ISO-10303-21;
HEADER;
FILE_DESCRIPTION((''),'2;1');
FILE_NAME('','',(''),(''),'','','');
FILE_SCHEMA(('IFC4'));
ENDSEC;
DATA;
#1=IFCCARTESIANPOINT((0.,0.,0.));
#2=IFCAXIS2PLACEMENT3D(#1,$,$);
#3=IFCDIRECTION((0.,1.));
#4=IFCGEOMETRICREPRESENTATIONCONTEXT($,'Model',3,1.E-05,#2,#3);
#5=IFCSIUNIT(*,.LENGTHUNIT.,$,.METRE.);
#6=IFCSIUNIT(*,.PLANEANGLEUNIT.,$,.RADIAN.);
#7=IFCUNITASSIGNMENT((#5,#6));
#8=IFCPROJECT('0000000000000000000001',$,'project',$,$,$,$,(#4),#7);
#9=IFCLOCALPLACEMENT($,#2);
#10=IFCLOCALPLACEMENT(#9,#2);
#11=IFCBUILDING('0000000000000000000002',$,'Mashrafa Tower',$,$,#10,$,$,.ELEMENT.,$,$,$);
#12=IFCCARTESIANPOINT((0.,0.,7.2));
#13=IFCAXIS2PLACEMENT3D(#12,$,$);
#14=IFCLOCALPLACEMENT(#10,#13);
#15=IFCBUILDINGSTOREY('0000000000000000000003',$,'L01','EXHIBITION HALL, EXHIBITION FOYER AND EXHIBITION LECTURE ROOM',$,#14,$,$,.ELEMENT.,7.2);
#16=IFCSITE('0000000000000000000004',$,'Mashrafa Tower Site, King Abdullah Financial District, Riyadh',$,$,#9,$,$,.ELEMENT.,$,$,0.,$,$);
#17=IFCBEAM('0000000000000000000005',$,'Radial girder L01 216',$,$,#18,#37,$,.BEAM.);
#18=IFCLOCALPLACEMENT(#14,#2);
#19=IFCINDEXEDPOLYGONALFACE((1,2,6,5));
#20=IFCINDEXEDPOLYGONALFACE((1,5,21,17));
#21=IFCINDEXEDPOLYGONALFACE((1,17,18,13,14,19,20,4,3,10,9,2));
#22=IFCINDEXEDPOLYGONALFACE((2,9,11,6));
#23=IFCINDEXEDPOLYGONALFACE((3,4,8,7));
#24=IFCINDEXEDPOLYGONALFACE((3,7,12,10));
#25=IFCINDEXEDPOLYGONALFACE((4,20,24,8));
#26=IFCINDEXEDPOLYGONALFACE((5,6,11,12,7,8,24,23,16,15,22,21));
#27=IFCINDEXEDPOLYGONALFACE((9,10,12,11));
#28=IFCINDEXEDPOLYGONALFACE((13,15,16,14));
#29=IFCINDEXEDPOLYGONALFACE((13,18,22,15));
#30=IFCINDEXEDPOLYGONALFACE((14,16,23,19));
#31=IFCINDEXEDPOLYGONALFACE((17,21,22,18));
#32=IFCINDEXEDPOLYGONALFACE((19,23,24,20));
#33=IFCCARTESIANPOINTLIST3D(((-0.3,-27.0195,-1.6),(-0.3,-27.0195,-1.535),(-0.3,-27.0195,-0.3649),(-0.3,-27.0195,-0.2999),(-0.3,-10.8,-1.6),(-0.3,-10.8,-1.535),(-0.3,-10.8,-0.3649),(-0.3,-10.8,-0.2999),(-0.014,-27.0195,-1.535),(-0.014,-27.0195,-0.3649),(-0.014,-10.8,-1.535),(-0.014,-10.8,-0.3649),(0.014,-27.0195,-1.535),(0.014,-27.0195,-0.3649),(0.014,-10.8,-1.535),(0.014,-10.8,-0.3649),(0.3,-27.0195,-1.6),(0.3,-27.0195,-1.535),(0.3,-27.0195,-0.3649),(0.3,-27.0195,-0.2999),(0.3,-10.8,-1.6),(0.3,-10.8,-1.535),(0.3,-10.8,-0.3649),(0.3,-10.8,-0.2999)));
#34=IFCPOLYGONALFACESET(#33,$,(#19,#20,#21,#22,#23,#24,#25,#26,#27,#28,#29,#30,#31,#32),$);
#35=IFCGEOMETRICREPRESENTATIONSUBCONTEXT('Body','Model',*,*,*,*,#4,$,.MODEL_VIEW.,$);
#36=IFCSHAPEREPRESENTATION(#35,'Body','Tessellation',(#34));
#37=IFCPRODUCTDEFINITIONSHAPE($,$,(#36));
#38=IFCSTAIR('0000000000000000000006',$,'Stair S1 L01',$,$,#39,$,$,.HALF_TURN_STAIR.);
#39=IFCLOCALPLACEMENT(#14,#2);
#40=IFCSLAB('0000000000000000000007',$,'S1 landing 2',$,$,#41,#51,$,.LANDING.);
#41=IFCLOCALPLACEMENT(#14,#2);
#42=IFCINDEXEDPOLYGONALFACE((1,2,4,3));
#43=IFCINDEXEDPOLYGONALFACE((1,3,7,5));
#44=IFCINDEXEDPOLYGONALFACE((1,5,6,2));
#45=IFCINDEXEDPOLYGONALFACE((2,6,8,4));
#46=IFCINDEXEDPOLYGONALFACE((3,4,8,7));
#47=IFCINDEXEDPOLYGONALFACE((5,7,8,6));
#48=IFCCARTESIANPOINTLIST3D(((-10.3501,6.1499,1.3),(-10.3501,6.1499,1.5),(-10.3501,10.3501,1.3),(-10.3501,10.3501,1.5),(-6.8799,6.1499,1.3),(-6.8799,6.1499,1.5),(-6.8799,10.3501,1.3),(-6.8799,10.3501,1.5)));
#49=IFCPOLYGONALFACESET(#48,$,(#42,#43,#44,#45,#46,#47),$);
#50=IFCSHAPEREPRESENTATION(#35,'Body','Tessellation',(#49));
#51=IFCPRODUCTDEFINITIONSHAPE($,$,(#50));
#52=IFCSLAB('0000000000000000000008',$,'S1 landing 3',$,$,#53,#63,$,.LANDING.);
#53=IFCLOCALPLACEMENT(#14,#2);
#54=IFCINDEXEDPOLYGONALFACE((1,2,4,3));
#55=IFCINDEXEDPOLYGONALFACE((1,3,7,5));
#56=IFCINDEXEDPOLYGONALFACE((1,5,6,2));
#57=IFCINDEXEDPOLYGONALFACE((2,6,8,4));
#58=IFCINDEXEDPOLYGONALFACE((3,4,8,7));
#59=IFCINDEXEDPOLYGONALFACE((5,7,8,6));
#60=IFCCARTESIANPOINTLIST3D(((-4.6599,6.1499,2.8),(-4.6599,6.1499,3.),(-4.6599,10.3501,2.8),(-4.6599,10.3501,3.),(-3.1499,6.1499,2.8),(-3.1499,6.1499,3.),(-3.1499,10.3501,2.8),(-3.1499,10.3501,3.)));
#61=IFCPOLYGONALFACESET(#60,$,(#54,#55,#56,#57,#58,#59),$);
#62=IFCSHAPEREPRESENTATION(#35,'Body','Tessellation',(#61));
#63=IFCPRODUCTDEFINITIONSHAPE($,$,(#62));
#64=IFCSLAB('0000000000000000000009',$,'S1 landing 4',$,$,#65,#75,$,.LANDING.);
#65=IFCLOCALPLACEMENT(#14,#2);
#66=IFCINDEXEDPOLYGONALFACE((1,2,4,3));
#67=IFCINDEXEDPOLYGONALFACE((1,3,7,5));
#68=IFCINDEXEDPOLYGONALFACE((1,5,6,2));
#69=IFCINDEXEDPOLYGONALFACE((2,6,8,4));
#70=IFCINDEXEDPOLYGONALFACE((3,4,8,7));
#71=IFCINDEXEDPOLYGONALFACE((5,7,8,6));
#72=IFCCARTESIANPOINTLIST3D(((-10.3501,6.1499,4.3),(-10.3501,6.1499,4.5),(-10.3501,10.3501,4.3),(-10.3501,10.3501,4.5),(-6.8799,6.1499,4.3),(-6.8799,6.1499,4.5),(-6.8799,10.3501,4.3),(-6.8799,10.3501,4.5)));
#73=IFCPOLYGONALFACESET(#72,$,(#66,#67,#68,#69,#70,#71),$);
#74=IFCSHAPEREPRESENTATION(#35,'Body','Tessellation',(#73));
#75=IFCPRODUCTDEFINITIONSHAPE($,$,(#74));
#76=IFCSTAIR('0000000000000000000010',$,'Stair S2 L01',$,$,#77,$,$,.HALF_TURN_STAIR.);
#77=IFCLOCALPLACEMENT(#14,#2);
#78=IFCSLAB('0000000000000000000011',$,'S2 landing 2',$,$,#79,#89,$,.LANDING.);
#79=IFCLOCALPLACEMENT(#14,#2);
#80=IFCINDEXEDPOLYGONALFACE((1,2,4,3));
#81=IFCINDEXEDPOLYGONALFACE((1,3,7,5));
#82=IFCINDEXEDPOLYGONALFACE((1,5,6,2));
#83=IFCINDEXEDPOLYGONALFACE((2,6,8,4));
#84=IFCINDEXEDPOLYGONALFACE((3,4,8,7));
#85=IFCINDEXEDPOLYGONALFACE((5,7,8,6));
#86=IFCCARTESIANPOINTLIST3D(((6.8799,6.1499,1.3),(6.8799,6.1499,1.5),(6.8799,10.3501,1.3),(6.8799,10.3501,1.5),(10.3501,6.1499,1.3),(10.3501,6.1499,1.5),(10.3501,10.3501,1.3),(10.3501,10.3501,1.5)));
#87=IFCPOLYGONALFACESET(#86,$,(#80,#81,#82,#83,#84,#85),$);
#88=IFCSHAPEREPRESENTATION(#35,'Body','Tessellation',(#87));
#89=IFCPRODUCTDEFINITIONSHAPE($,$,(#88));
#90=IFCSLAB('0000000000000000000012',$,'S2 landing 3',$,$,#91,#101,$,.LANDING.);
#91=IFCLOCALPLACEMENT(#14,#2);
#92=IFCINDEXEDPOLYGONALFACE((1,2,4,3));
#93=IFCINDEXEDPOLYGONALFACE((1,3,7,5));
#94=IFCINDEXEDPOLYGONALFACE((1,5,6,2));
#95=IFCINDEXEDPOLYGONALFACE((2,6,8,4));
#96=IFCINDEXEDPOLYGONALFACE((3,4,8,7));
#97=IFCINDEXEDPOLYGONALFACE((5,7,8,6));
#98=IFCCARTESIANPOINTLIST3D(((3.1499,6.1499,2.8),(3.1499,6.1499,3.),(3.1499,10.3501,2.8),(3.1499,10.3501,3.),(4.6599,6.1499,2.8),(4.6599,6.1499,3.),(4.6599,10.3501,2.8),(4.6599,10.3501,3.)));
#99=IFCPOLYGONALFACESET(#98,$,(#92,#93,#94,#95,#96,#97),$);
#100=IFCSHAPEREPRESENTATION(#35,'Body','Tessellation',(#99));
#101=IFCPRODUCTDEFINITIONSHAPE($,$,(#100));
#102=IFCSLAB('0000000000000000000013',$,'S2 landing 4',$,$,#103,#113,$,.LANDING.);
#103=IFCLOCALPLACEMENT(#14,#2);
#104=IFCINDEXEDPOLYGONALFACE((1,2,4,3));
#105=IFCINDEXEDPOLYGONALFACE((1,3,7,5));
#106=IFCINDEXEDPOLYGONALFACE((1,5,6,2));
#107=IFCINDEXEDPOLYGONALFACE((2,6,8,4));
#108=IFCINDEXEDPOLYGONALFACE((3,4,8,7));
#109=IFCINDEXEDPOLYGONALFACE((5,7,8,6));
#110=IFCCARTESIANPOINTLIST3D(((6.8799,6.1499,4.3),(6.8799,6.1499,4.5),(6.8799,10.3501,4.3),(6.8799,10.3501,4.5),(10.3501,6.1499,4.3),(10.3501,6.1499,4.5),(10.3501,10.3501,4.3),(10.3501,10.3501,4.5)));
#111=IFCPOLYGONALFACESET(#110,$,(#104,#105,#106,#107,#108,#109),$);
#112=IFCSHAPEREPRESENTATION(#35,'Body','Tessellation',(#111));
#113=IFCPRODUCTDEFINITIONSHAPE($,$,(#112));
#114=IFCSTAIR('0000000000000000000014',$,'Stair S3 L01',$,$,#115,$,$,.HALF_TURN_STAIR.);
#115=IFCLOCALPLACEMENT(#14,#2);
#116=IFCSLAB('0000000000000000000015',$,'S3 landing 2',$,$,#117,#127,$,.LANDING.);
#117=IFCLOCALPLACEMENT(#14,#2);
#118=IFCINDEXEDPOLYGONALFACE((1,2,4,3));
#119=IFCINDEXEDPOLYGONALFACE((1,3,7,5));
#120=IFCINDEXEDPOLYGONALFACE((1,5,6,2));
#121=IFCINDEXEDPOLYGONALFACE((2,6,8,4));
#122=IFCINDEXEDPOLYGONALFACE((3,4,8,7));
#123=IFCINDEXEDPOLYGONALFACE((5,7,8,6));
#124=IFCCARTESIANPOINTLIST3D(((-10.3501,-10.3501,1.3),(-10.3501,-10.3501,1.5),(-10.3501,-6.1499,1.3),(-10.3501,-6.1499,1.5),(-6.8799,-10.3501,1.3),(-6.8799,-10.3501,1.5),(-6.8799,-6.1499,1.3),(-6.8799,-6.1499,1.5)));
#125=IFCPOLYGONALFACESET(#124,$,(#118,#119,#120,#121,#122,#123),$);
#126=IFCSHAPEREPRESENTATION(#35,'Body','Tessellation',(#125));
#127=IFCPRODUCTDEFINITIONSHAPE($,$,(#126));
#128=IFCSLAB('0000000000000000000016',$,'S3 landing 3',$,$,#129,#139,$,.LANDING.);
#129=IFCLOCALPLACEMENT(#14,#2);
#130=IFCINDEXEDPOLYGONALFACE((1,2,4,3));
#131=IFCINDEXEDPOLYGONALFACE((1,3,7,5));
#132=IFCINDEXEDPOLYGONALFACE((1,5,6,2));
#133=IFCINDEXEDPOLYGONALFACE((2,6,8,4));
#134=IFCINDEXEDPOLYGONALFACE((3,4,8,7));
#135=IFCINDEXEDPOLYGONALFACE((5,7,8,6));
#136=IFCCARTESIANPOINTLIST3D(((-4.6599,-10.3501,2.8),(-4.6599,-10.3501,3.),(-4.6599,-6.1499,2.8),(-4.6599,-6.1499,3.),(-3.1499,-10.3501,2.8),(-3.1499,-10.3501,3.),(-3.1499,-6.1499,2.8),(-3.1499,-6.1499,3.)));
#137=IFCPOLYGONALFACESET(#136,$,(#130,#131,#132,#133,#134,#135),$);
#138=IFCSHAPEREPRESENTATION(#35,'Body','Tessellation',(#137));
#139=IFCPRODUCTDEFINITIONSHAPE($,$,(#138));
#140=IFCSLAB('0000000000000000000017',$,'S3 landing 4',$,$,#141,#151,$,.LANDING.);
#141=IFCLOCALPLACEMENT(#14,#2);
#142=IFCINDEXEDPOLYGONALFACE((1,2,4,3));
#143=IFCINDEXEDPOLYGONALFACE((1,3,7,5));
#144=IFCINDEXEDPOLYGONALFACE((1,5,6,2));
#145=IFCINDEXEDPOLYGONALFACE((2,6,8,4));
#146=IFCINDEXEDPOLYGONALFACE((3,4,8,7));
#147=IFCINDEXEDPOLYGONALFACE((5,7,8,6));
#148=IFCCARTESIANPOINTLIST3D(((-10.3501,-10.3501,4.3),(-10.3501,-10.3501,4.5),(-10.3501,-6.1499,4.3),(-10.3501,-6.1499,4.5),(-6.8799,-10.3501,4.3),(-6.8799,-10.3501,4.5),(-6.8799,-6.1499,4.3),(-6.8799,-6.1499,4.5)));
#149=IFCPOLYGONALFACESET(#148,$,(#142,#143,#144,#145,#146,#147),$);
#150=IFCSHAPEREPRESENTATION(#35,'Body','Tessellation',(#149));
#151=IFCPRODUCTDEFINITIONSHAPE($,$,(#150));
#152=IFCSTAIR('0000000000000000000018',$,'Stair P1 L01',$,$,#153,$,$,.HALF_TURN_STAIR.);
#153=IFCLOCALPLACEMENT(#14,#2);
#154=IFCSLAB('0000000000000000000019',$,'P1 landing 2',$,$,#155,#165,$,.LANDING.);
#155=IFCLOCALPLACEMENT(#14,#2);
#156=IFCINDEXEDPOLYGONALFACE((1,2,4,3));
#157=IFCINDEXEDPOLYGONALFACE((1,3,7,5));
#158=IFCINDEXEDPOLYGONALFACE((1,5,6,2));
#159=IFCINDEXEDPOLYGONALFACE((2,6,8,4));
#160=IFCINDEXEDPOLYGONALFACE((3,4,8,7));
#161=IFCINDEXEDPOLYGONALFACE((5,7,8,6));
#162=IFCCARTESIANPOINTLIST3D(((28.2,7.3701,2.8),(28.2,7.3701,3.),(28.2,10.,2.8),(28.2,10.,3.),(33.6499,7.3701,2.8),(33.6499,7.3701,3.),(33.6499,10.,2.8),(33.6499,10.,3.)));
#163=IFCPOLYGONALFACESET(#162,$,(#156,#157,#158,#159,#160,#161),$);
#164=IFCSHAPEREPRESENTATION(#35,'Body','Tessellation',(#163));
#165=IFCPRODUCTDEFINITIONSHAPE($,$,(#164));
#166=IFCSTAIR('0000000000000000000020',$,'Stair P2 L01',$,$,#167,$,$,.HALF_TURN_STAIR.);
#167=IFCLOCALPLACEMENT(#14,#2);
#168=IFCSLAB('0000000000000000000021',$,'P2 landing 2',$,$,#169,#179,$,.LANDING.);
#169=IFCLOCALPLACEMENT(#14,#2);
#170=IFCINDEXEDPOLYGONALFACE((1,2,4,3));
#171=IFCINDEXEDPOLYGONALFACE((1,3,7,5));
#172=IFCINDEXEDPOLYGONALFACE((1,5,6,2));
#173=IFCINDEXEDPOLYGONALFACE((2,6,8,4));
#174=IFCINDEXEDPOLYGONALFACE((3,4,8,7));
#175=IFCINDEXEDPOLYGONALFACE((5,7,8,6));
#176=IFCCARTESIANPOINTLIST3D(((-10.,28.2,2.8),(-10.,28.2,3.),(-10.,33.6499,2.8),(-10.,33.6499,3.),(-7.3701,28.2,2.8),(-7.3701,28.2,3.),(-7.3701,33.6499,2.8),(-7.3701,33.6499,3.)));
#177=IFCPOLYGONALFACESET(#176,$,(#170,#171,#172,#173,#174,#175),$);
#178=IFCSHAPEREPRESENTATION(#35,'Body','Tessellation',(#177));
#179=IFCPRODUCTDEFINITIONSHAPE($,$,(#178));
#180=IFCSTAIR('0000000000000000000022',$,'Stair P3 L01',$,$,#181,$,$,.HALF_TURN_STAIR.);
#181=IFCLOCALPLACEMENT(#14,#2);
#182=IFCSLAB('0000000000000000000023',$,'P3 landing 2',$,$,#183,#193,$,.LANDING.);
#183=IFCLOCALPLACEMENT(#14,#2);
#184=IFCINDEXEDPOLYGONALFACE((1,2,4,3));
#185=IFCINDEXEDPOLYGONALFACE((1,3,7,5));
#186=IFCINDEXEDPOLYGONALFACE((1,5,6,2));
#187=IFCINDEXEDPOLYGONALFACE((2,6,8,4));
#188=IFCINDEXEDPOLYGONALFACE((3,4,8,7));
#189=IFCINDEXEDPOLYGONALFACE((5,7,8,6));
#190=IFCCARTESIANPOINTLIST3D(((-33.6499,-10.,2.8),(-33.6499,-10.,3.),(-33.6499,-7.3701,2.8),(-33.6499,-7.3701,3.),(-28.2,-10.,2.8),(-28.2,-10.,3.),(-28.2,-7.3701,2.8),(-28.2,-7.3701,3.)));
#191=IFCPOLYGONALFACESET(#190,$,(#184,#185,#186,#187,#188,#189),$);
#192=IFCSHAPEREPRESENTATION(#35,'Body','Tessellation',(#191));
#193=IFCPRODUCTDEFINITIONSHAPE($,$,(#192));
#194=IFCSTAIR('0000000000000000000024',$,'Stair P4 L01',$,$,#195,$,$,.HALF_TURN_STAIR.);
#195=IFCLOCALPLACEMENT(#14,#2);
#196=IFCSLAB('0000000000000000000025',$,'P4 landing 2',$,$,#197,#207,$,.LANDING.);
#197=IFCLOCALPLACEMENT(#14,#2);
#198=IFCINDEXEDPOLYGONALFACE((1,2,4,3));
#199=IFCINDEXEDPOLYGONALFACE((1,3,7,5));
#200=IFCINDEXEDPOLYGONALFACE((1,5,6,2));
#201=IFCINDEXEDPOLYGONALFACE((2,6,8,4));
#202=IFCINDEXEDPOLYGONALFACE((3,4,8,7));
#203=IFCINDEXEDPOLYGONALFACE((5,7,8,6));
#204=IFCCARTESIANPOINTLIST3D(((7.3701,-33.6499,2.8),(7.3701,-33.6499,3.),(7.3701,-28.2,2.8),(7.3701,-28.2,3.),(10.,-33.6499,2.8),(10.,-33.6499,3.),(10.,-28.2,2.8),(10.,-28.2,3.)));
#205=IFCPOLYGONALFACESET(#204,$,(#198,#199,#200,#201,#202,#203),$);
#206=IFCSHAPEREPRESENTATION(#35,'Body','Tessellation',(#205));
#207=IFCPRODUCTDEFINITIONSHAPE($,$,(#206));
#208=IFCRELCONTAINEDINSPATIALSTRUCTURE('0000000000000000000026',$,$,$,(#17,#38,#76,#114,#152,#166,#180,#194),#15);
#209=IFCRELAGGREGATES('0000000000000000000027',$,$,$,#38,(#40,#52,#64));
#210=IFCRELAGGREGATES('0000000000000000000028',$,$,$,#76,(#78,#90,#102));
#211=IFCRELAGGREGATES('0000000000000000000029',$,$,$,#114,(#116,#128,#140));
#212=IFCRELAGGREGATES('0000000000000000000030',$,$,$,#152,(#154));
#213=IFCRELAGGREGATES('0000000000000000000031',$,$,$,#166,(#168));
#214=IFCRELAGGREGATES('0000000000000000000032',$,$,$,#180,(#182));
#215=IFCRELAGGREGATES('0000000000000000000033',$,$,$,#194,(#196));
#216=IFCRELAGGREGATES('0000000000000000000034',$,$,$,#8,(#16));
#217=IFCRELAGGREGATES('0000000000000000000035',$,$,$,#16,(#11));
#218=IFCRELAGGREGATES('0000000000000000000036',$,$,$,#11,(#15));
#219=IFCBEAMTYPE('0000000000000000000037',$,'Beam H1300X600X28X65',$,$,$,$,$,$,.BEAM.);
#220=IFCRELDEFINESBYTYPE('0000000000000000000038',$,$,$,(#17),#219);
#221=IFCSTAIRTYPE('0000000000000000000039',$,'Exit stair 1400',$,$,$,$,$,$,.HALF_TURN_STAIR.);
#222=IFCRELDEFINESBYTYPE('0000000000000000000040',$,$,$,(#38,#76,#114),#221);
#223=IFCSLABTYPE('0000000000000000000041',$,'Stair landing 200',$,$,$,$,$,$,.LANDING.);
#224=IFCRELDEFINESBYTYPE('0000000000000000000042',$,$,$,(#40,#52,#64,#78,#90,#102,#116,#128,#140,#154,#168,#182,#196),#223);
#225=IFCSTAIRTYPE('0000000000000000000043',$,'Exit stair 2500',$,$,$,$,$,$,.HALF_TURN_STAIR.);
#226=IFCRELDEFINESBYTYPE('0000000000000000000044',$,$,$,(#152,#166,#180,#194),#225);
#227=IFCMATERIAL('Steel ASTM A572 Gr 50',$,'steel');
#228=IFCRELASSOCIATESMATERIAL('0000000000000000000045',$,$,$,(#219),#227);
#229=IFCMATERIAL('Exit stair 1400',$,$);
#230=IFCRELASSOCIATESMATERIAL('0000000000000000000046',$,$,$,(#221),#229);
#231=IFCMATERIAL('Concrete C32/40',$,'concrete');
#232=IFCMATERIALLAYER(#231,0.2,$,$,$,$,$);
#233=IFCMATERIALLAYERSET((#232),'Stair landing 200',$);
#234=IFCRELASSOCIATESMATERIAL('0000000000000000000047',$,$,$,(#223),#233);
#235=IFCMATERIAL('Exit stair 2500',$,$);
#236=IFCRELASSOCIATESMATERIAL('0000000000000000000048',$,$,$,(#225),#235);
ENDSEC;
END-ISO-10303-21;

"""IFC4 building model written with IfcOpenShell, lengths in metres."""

from ifc_helpers import new_model, si_unit, direction, frame, origin, origin_2d, place, context, subcontext, project, spatial, polyline, i_section, outline, extrude, material, layer, layer_set, material_profile, profile_set, type_object, element, aggregate, save


model = new_model("IFC4")

# Units and contexts
model_context = context("Model", 3, precision=1e-05, world=origin(), true_north=direction((0.0, 1.0)))
body_context = subcontext(model_context, "Body", "Model", "MODEL_VIEW")
ifc_project = project(units=[si_unit("LENGTHUNIT", "METRE"), si_unit("PLANEANGLEUNIT", "RADIAN")], contexts=[model_context])

# Site, building, storey
site_placement = place(None, origin())
site = spatial("IfcSite", under=ifc_project, at=site_placement, Name="Mashrafa Tower Site, King Abdullah Financial District, Riyadh", CompositionType="ELEMENT", RefElevation=0.0)
building_placement = place(site_placement, origin())
building = spatial("IfcBuilding", under=site, at=building_placement, Name="Mashrafa Tower", CompositionType="ELEMENT")
storey_placement = place(building_placement, frame((0.0, 0.0, 7.2)))
storey = spatial("IfcBuildingStorey", under=building, at=storey_placement, Name="L01", Description="EXHIBITION HALL, EXHIBITION FOYER AND EXHIBITION LECTURE ROOM", CompositionType="ELEMENT", Elevation=7.2)

# Beam
ifc_material_1 = material(Name="Steel ASTM A572 Gr 50", Category="steel")
ifc_material_profile = material_profile(ifc_material_1, i_section(OverallWidth=0.6001, OverallDepth=1.3, WebThickness=0.0281, FlangeThickness=0.0649, at=origin_2d()), Name="H1300X600X28X65")
ifc_profile_set = profile_set([ifc_material_profile], Name="Steel ASTM A572 Gr 50")
beam_type = type_object("IfcBeamType", Name="Beam H1300X600X28X65", PredefinedType="BEAM", material=ifc_profile_set)
beam_placement = place(storey_placement, frame((0.0, -10.8, -0.95), z_axis=(0.0, -1.0, 0.0), x_axis=(1.0, 0.0, 0.0)))
element("IfcBeam", 1, at=beam_placement, inside=storey, type_object=beam_type, Name="Radial girder L01 216", PredefinedType="BEAM", context=body_context, shape_type="SweptSolid", body=[
    extrude(i_section(OverallWidth=0.6001, OverallDepth=1.3, WebThickness=0.0281, FlangeThickness=0.0649, at=origin_2d()), origin(), (0.0, 0.0, 1.0), 16.2195),
])

# Stairs, slabs
ifc_material_2 = material(Name="Exit stair 1400")
stair_type_1 = type_object("IfcStairType", Name="Exit stair 1400", PredefinedType="HALF_TURN_STAIR", material=ifc_material_2)
stair_1_placement = place(storey_placement, origin())
stair_1 = element("IfcStair", 2, at=stair_1_placement, inside=storey, type_object=stair_type_1, Name="Stair S1 L01", PredefinedType="HALF_TURN_STAIR")
ifc_material_3 = material(Name="Concrete C32/40", Category="concrete")
ifc_layer_1 = layer(ifc_material_3, 0.2)
ifc_layer_set_1 = layer_set([ifc_layer_1], Name="Stair landing 200")
slab_type_1 = type_object("IfcSlabType", Name="Stair landing 200", PredefinedType="LANDING", material=ifc_layer_set_1)
slab_1_placement = place(storey_placement, frame((0.0, 0.0, 1.3)))
slab_1 = element("IfcSlab", 3, at=slab_1_placement, type_object=slab_type_1, Name="S1 landing 2", PredefinedType="LANDING", context=body_context, shape_type="SweptSolid", body=[
    extrude(outline(polyline([(-10.3501, 6.1499), (-6.8799, 6.1499), (-6.8799, 10.3501), (-10.3501, 10.3501), (-10.3501, 6.1499)])), origin(), (0.0, 0.0, 1.0), 0.2),
])
slab_2_placement = place(storey_placement, frame((0.0, 0.0, 2.8)))
slab_2 = element("IfcSlab", 4, at=slab_2_placement, type_object=slab_type_1, Name="S1 landing 3", PredefinedType="LANDING", context=body_context, shape_type="SweptSolid", body=[
    extrude(outline(polyline([(-4.6599, 6.1499), (-3.1499, 6.1499), (-3.1499, 10.3501), (-4.6599, 10.3501), (-4.6599, 6.1499)])), origin(), (0.0, 0.0, 1.0), 0.2),
])
slab_3_placement = place(storey_placement, frame((0.0, 0.0, 4.3)))
slab_3 = element("IfcSlab", 5, at=slab_3_placement, type_object=slab_type_1, Name="S1 landing 4", PredefinedType="LANDING", context=body_context, shape_type="SweptSolid", body=[
    extrude(outline(polyline([(-10.3501, 6.1499), (-6.8799, 6.1499), (-6.8799, 10.3501), (-10.3501, 10.3501), (-10.3501, 6.1499)])), origin(), (0.0, 0.0, 1.0), 0.2),
])
stair_2_placement = place(storey_placement, origin())
stair_2 = element("IfcStair", 6, at=stair_2_placement, inside=storey, type_object=stair_type_1, Name="Stair S2 L01", PredefinedType="HALF_TURN_STAIR")
slab_4_placement = place(storey_placement, frame((0.0, 0.0, 1.3)))
slab_4 = element("IfcSlab", 7, at=slab_4_placement, type_object=slab_type_1, Name="S2 landing 2", PredefinedType="LANDING", context=body_context, shape_type="SweptSolid", body=[
    extrude(outline(polyline([(6.8799, 6.1499), (10.3501, 6.1499), (10.3501, 10.3501), (6.8799, 10.3501), (6.8799, 6.1499)])), origin(), (0.0, 0.0, 1.0), 0.2),
])
slab_5_placement = place(storey_placement, frame((0.0, 0.0, 2.8)))
slab_5 = element("IfcSlab", 8, at=slab_5_placement, type_object=slab_type_1, Name="S2 landing 3", PredefinedType="LANDING", context=body_context, shape_type="SweptSolid", body=[
    extrude(outline(polyline([(3.1499, 6.1499), (4.6599, 6.1499), (4.6599, 10.3501), (3.1499, 10.3501), (3.1499, 6.1499)])), origin(), (0.0, 0.0, 1.0), 0.2),
])
slab_6_placement = place(storey_placement, frame((0.0, 0.0, 4.3)))
slab_6 = element("IfcSlab", 9, at=slab_6_placement, type_object=slab_type_1, Name="S2 landing 4", PredefinedType="LANDING", context=body_context, shape_type="SweptSolid", body=[
    extrude(outline(polyline([(6.8799, 6.1499), (10.3501, 6.1499), (10.3501, 10.3501), (6.8799, 10.3501), (6.8799, 6.1499)])), origin(), (0.0, 0.0, 1.0), 0.2),
])
stair_3_placement = place(storey_placement, origin())
stair_3 = element("IfcStair", 10, at=stair_3_placement, inside=storey, type_object=stair_type_1, Name="Stair S3 L01", PredefinedType="HALF_TURN_STAIR")
slab_7_placement = place(storey_placement, frame((0.0, 0.0, 1.3)))
slab_7 = element("IfcSlab", 11, at=slab_7_placement, type_object=slab_type_1, Name="S3 landing 2", PredefinedType="LANDING", context=body_context, shape_type="SweptSolid", body=[
    extrude(outline(polyline([(-10.3501, -10.3501), (-6.8799, -10.3501), (-6.8799, -6.1499), (-10.3501, -6.1499), (-10.3501, -10.3501)])), origin(), (0.0, 0.0, 1.0), 0.2),
])
slab_8_placement = place(storey_placement, frame((0.0, 0.0, 2.8)))
slab_8 = element("IfcSlab", 12, at=slab_8_placement, type_object=slab_type_1, Name="S3 landing 3", PredefinedType="LANDING", context=body_context, shape_type="SweptSolid", body=[
    extrude(outline(polyline([(-4.6599, -10.3501), (-3.1499, -10.3501), (-3.1499, -6.1499), (-4.6599, -6.1499), (-4.6599, -10.3501)])), origin(), (0.0, 0.0, 1.0), 0.2),
])
slab_9_placement = place(storey_placement, frame((0.0, 0.0, 4.3)))
slab_9 = element("IfcSlab", 13, at=slab_9_placement, type_object=slab_type_1, Name="S3 landing 4", PredefinedType="LANDING", context=body_context, shape_type="SweptSolid", body=[
    extrude(outline(polyline([(-10.3501, -10.3501), (-6.8799, -10.3501), (-6.8799, -6.1499), (-10.3501, -6.1499), (-10.3501, -10.3501)])), origin(), (0.0, 0.0, 1.0), 0.2),
])

# Stairs, slabs
ifc_material_4 = material(Name="Exit stair 2500")
stair_type_2 = type_object("IfcStairType", Name="Exit stair 2500", PredefinedType="HALF_TURN_STAIR", material=ifc_material_4)
stair_4_placement = place(storey_placement, origin())
stair_4 = element("IfcStair", 14, at=stair_4_placement, inside=storey, type_object=stair_type_2, Name="Stair P1 L01", PredefinedType="HALF_TURN_STAIR")
slab_10_placement = place(storey_placement, frame((0.0, 0.0, 2.8)))
slab_10 = element("IfcSlab", 15, at=slab_10_placement, type_object=slab_type_1, Name="P1 landing 2", PredefinedType="LANDING", context=body_context, shape_type="SweptSolid", body=[
    extrude(outline(polyline([(33.6499, 7.3701), (33.6499, 10.0), (28.2, 10.0), (28.2, 7.3701), (33.6499, 7.3701)])), origin(), (0.0, 0.0, 1.0), 0.2),
])
stair_5_placement = place(storey_placement, origin())
stair_5 = element("IfcStair", 16, at=stair_5_placement, inside=storey, type_object=stair_type_2, Name="Stair P2 L01", PredefinedType="HALF_TURN_STAIR")
slab_11_placement = place(storey_placement, frame((0.0, 0.0, 2.8)))
slab_11 = element("IfcSlab", 17, at=slab_11_placement, type_object=slab_type_1, Name="P2 landing 2", PredefinedType="LANDING", context=body_context, shape_type="SweptSolid", body=[
    extrude(outline(polyline([(-10.0, 28.2), (-7.3701, 28.2), (-7.3701, 33.6499), (-10.0, 33.6499), (-10.0, 28.2)])), origin(), (0.0, 0.0, 1.0), 0.2),
])
stair_6_placement = place(storey_placement, origin())
stair_6 = element("IfcStair", 18, at=stair_6_placement, inside=storey, type_object=stair_type_2, Name="Stair P3 L01", PredefinedType="HALF_TURN_STAIR")
slab_12_placement = place(storey_placement, frame((0.0, 0.0, 2.8)))
slab_12 = element("IfcSlab", 19, at=slab_12_placement, type_object=slab_type_1, Name="P3 landing 2", PredefinedType="LANDING", context=body_context, shape_type="SweptSolid", body=[
    extrude(outline(polyline([(-28.2, -10.0), (-28.2, -7.3701), (-33.6499, -7.3701), (-33.6499, -10.0), (-28.2, -10.0)])), origin(), (0.0, 0.0, 1.0), 0.2),
])
stair_7_placement = place(storey_placement, origin())
stair_7 = element("IfcStair", 20, at=stair_7_placement, inside=storey, type_object=stair_type_2, Name="Stair P4 L01", PredefinedType="HALF_TURN_STAIR")
slab_13_placement = place(storey_placement, frame((0.0, 0.0, 2.8)))
slab_13 = element("IfcSlab", 21, at=slab_13_placement, type_object=slab_type_1, Name="P4 landing 2", PredefinedType="LANDING", context=body_context, shape_type="SweptSolid", body=[
    extrude(outline(polyline([(7.3701, -33.6499), (10.0, -33.6499), (10.0, -28.2), (7.3701, -28.2), (7.3701, -33.6499)])), origin(), (0.0, 0.0, 1.0), 0.2),
])

aggregate(stair_1, [slab_1, slab_2, slab_3])
aggregate(stair_2, [slab_4, slab_5, slab_6])
aggregate(stair_3, [slab_7, slab_8, slab_9])
aggregate(stair_4, [slab_10])
aggregate(stair_5, [slab_11])
aggregate(stair_6, [slab_12])
aggregate(stair_7, [slab_13])

save(model, "model.ifc")
